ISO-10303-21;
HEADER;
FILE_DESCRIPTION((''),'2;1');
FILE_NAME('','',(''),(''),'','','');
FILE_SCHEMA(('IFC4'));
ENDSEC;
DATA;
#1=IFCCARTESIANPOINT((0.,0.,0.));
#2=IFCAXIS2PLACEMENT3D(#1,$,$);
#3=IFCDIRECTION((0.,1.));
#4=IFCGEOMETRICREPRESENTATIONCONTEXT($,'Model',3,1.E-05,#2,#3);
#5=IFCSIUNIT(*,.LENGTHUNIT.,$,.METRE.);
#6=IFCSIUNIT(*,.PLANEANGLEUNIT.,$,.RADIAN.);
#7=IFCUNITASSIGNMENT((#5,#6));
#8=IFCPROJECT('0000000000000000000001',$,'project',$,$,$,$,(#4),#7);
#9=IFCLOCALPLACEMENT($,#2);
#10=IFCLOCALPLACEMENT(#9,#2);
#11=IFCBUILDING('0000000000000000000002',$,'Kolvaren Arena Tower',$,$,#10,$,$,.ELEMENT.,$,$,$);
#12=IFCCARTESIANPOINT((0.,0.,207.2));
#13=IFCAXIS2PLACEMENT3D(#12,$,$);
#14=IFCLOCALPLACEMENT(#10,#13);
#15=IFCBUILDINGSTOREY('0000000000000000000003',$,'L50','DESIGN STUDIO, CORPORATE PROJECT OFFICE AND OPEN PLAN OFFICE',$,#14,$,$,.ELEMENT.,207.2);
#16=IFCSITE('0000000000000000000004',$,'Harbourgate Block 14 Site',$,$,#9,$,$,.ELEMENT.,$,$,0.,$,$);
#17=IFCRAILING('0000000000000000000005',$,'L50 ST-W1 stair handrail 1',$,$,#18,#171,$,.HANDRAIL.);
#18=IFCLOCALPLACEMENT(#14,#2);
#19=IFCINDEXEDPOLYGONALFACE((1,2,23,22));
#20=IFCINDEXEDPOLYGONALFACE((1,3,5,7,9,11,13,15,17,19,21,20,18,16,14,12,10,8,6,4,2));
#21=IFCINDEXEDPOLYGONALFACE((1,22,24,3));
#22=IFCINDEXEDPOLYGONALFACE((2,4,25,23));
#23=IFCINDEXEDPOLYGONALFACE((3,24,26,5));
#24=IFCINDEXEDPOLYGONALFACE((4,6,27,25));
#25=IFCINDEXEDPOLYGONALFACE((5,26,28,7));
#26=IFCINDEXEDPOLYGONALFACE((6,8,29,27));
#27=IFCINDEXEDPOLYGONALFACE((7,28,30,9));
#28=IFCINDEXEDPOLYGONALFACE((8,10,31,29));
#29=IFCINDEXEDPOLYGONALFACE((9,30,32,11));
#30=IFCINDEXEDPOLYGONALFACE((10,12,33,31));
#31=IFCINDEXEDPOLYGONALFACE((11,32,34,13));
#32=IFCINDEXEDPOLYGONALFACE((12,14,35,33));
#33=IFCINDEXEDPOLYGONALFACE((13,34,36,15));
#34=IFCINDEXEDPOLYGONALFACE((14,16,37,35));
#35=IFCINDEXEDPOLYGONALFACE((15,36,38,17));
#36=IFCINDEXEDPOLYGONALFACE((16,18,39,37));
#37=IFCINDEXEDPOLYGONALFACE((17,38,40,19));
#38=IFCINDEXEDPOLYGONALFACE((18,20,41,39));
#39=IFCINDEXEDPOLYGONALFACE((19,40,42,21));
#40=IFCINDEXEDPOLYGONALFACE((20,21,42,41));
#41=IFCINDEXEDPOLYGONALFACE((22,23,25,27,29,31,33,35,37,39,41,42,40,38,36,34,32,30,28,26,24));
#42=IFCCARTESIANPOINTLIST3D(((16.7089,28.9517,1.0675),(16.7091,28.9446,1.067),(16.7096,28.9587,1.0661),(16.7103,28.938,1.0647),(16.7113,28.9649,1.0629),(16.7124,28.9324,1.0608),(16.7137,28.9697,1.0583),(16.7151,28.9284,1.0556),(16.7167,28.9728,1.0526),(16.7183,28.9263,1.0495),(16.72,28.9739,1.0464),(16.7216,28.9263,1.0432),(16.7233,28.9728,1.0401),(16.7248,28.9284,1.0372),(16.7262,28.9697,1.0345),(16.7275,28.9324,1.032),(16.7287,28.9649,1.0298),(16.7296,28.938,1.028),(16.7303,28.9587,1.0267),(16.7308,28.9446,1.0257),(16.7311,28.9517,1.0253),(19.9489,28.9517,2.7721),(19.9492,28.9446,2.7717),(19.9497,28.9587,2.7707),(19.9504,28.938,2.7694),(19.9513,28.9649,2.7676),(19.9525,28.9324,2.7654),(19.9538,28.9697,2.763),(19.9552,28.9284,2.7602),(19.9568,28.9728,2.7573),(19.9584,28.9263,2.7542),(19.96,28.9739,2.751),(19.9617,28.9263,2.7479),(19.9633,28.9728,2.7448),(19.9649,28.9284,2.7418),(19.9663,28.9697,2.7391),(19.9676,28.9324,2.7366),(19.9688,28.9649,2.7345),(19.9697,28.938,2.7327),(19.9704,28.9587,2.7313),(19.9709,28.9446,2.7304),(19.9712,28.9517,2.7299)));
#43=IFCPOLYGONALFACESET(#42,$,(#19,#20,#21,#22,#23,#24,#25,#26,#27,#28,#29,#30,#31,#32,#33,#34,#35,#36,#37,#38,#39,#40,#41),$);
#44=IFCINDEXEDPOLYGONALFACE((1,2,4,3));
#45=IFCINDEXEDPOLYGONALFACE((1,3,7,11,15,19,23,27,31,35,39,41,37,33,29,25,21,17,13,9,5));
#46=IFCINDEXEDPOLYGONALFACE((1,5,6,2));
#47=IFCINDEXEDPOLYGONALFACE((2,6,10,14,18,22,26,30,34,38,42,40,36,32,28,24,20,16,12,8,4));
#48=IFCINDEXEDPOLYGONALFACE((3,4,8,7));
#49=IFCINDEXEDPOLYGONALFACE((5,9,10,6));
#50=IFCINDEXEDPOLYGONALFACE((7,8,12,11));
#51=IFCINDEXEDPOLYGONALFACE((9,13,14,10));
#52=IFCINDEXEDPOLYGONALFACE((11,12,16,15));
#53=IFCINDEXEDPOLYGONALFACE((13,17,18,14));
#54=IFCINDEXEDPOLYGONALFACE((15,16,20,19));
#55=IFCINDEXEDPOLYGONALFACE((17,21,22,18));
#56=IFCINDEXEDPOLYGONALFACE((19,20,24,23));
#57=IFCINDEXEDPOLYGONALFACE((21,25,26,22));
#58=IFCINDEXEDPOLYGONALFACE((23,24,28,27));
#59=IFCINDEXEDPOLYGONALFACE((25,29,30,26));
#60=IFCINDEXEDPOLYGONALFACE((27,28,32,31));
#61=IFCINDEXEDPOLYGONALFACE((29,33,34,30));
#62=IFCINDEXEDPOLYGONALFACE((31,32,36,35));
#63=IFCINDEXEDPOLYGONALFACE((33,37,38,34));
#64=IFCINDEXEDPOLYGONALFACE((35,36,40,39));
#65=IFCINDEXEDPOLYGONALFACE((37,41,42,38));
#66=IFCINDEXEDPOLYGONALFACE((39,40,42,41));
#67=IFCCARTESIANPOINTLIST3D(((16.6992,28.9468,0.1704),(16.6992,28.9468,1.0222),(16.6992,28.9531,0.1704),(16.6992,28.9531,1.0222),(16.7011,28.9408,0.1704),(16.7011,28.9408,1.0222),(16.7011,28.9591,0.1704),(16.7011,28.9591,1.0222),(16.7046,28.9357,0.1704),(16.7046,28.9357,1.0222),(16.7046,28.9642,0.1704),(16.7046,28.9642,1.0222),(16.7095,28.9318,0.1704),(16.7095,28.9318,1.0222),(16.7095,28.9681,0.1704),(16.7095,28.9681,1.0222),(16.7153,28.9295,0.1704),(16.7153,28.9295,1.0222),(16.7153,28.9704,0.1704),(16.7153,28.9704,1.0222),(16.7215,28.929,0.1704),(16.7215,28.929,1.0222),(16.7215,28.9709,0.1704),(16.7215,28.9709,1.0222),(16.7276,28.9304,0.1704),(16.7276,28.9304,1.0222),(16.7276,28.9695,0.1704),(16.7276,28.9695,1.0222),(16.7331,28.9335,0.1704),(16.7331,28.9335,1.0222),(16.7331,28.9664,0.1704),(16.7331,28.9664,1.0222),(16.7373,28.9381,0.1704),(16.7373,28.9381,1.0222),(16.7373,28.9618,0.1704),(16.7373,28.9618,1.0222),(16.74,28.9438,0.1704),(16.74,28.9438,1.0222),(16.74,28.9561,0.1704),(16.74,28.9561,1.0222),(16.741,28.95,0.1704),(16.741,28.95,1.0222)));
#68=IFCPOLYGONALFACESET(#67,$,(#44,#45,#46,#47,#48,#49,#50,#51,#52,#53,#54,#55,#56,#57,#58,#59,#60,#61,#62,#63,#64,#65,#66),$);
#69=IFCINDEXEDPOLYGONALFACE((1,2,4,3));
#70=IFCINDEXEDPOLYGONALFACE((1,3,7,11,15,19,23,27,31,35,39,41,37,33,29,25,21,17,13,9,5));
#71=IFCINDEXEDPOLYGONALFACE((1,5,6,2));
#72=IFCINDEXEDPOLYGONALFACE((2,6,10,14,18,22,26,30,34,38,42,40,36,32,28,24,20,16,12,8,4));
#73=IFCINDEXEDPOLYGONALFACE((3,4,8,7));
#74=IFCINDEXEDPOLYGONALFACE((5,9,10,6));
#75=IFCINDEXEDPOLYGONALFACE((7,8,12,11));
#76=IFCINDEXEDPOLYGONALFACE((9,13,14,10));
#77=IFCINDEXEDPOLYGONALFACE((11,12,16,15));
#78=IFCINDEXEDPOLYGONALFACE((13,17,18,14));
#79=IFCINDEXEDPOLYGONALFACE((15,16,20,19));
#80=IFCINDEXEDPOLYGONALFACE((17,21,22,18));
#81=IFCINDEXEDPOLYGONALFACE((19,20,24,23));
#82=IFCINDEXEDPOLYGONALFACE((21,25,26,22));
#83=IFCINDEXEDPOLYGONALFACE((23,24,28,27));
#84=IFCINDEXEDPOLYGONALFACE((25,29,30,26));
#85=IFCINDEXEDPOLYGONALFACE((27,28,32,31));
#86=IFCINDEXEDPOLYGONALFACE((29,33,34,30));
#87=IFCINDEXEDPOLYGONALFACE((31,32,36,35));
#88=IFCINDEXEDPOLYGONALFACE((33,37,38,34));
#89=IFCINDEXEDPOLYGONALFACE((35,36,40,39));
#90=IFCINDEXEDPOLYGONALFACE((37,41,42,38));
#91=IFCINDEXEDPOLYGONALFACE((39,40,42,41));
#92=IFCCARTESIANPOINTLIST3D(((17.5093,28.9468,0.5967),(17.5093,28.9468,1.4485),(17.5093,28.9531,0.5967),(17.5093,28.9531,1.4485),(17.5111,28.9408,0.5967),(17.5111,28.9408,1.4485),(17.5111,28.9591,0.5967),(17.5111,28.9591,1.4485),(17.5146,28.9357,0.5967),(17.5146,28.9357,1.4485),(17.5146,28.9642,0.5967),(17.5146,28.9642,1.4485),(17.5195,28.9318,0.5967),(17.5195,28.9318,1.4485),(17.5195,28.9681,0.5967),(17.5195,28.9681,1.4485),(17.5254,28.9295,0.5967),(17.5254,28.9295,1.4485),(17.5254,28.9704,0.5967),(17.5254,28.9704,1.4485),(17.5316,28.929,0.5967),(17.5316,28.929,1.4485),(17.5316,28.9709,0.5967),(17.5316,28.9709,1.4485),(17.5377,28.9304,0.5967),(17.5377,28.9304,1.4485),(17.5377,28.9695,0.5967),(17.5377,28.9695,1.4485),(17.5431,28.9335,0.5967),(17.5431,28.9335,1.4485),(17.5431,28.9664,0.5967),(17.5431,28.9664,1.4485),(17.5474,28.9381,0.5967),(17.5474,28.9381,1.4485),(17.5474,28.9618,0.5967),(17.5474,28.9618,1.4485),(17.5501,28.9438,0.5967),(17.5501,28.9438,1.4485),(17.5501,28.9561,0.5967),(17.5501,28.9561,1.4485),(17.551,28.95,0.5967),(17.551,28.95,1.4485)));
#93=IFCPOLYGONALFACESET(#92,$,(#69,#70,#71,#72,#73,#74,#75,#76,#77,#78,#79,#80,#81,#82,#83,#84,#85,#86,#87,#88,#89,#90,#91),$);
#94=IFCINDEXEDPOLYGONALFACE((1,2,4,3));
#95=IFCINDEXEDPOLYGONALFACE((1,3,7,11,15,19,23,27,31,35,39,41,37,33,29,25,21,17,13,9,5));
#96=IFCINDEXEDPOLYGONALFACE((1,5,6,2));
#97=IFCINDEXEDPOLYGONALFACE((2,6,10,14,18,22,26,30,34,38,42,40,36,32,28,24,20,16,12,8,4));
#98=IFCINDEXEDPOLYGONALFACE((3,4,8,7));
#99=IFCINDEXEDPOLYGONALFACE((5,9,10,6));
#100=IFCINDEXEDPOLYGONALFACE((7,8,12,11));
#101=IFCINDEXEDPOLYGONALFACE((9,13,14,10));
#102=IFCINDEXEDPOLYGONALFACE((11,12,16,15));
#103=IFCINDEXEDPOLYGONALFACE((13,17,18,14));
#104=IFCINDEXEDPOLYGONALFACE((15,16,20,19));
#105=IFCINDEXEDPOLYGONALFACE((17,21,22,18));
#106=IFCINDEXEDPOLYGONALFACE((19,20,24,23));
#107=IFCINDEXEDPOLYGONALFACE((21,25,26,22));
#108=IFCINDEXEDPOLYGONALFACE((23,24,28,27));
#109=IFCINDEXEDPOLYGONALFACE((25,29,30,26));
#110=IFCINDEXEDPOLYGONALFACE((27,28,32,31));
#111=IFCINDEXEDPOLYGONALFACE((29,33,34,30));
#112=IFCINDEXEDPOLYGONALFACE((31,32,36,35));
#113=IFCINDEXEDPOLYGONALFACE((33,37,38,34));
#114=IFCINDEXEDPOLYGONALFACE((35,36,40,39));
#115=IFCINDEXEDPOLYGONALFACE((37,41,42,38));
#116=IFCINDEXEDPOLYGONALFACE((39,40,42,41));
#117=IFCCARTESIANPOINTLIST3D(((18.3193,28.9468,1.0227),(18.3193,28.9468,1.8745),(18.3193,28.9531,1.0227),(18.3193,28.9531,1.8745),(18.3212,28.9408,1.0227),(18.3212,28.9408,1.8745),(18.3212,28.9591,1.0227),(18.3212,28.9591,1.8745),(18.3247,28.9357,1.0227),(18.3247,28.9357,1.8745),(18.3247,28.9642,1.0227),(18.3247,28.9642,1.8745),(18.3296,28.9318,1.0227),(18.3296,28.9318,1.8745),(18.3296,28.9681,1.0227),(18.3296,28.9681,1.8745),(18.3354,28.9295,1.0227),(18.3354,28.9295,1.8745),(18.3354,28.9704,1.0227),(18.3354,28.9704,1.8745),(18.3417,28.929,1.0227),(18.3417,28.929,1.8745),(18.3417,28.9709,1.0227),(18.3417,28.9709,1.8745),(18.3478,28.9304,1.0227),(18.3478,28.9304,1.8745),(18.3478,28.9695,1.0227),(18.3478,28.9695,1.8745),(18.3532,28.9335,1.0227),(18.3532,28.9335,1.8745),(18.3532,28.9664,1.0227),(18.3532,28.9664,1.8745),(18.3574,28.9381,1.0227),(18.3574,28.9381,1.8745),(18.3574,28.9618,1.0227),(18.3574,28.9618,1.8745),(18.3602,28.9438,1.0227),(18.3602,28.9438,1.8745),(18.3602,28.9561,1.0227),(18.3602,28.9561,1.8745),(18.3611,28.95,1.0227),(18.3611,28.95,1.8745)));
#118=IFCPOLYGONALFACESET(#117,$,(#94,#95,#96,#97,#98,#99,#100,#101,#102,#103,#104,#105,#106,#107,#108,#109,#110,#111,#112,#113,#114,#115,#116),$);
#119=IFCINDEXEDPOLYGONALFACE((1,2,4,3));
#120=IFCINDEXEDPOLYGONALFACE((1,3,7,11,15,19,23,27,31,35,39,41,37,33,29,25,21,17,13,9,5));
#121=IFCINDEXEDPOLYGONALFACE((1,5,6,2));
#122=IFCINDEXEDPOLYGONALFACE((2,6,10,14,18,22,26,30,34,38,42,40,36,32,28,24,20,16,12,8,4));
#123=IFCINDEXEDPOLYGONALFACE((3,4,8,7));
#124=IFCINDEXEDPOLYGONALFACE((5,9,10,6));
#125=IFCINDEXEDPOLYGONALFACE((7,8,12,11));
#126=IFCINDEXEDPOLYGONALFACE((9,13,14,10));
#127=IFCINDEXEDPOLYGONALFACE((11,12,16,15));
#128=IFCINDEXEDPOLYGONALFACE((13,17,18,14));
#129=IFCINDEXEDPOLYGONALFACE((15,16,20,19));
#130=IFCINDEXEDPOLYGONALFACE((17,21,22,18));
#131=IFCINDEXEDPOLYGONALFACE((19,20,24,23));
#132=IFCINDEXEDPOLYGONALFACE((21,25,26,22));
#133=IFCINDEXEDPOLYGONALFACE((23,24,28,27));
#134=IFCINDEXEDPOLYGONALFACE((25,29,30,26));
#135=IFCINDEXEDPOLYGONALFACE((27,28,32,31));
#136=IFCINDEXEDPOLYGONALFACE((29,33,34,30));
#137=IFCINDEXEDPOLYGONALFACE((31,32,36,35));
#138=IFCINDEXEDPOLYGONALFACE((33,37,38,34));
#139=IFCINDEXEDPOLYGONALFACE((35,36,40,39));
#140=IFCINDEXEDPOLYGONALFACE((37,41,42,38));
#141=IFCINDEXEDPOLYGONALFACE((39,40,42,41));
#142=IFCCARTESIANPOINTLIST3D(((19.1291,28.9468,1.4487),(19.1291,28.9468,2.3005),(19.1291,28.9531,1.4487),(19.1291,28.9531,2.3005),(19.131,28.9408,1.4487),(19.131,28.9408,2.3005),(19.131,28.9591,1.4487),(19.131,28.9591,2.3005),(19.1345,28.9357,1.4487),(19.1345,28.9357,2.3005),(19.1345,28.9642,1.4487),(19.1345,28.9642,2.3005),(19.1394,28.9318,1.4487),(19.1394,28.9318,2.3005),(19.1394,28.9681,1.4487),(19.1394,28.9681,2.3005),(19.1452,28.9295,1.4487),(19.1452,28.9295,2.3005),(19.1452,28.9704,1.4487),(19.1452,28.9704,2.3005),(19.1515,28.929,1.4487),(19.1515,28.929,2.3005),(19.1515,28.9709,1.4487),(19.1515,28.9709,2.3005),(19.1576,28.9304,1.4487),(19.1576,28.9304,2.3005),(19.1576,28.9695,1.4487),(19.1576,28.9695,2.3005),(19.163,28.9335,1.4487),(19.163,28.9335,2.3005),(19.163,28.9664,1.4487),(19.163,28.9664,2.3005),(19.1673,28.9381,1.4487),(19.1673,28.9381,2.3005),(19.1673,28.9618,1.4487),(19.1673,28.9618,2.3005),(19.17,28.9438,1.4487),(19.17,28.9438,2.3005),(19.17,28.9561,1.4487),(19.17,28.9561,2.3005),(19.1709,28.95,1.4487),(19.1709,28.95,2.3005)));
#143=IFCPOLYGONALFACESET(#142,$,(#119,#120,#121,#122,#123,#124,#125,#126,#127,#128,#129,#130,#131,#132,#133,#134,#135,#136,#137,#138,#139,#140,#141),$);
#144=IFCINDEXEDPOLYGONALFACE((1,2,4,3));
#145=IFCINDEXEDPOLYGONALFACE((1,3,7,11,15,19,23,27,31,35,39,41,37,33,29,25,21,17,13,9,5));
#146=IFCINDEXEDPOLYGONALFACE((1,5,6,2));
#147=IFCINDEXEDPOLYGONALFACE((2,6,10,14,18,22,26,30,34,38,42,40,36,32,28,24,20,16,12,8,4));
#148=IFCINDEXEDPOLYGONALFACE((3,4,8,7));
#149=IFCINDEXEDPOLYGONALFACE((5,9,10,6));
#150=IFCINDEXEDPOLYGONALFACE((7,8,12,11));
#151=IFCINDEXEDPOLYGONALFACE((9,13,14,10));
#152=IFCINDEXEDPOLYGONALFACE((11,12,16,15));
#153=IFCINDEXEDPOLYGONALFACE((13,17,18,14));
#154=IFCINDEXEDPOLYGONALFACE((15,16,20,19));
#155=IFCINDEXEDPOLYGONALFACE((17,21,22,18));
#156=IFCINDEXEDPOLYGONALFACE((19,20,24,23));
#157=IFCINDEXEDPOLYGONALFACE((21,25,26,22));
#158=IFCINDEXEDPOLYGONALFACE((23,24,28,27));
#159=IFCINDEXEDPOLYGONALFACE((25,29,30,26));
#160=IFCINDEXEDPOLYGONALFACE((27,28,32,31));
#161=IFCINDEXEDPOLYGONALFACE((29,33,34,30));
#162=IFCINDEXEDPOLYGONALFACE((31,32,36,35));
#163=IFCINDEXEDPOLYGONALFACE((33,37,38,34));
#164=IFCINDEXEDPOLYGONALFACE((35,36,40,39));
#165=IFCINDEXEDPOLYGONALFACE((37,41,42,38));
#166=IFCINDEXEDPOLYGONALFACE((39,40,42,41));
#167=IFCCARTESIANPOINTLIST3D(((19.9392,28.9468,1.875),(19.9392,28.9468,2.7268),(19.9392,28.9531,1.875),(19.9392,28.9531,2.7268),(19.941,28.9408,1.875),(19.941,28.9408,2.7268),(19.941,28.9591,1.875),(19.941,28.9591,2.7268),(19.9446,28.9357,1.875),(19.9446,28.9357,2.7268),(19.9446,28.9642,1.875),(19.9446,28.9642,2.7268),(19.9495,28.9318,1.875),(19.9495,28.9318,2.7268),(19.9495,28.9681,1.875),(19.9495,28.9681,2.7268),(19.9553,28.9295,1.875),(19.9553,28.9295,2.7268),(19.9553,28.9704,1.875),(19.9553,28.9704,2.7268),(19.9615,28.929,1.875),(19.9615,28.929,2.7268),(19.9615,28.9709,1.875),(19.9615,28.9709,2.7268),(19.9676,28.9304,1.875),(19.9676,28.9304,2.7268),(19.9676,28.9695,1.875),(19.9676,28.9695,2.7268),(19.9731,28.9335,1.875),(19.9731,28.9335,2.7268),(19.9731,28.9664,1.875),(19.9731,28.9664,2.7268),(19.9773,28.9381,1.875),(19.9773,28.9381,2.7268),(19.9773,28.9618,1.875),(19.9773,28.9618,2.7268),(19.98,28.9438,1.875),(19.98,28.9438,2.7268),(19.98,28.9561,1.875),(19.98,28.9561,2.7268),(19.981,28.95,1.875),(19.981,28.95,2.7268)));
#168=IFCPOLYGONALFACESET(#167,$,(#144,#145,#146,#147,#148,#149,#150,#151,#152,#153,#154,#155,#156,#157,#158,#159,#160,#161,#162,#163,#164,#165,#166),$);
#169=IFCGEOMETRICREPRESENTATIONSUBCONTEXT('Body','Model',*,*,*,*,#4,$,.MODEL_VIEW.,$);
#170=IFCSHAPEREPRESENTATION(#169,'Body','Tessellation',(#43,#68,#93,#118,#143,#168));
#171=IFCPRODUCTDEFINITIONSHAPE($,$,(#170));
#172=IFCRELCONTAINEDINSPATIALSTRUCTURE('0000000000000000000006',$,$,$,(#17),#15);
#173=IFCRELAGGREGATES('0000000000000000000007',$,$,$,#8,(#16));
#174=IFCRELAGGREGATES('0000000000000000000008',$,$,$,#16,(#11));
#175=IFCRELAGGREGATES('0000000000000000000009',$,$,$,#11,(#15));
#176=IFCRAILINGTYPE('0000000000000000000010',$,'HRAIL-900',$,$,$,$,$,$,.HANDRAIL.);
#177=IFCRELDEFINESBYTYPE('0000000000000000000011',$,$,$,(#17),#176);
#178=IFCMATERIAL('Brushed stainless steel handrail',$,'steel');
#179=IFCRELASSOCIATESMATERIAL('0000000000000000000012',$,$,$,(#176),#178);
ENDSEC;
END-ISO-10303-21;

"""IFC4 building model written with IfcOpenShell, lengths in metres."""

from ifc_helpers import new_model, si_unit, direction, frame, origin, origin_2d, place, context, subcontext, project, spatial, circle, extrude, material, type_object, element, save


model = new_model("IFC4")

# Units and contexts
model_context = context("Model", 3, precision=1e-05, world=origin(), true_north=direction((0.0, 1.0)))
body_context = subcontext(model_context, "Body", "Model", "MODEL_VIEW")
ifc_project = project(units=[si_unit("LENGTHUNIT", "METRE"), si_unit("PLANEANGLEUNIT", "RADIAN")], contexts=[model_context])

# Site, building, storey
site_placement = place(None, origin())
site = spatial("IfcSite", under=ifc_project, at=site_placement, Name="Harbourgate Block 14 Site", CompositionType="ELEMENT", RefElevation=0.0)
building_placement = place(site_placement, origin())
building = spatial("IfcBuilding", under=site, at=building_placement, Name="Kolvaren Arena Tower", CompositionType="ELEMENT")
storey_placement = place(building_placement, frame((0.0, 0.0, 207.2)))
storey = spatial("IfcBuildingStorey", under=building, at=storey_placement, Name="L50", Description="DESIGN STUDIO, CORPORATE PROJECT OFFICE AND OPEN PLAN OFFICE", CompositionType="ELEMENT", Elevation=207.2)

# Railing
ifc_material_1 = material(Name="Brushed stainless steel handrail", Category="steel")
railing_type_1 = type_object("IfcRailingType", Name="HRAIL-900", PredefinedType="HANDRAIL", material=ifc_material_1)
railing_1_placement = place(storey_placement, frame((16.72, 28.95, 0.1704)))
element("IfcRailing", 1, at=railing_1_placement, inside=storey, type_object=railing_type_1, Name="L50 ST-W1 stair handrail 1", PredefinedType="HANDRAIL", context=body_context, shape_type="SweptSolid", body=[
    extrude(circle(Radius=0.0239, at=origin_2d()), frame((0.0, 0.0, 0.876), z_axis=(0.884993, 0.0, 0.465604), x_axis=(0.0, 1.0, 0.0)), (0.0, 0.0, 1.0), 3.6611),
    extrude(circle(Radius=0.021, at=origin_2d()), origin(), (0.0, 0.0, 1.0), 0.8518),
    extrude(circle(Radius=0.021, at=origin_2d()), frame((0.8101, 0.0, 0.4263)), (0.0, 0.0, 1.0), 0.8518),
    extrude(circle(Radius=0.021, at=origin_2d()), frame((1.6201, 0.0, 0.8523)), (0.0, 0.0, 1.0), 0.8518),
    extrude(circle(Radius=0.021, at=origin_2d()), frame((2.4299, 0.0, 1.2783)), (0.0, 0.0, 1.0), 0.8518),
    extrude(circle(Radius=0.021, at=origin_2d()), frame((3.24, 0.0, 1.7046)), (0.0, 0.0, 1.0), 0.8518),
])

save(model, "model.ifc")
